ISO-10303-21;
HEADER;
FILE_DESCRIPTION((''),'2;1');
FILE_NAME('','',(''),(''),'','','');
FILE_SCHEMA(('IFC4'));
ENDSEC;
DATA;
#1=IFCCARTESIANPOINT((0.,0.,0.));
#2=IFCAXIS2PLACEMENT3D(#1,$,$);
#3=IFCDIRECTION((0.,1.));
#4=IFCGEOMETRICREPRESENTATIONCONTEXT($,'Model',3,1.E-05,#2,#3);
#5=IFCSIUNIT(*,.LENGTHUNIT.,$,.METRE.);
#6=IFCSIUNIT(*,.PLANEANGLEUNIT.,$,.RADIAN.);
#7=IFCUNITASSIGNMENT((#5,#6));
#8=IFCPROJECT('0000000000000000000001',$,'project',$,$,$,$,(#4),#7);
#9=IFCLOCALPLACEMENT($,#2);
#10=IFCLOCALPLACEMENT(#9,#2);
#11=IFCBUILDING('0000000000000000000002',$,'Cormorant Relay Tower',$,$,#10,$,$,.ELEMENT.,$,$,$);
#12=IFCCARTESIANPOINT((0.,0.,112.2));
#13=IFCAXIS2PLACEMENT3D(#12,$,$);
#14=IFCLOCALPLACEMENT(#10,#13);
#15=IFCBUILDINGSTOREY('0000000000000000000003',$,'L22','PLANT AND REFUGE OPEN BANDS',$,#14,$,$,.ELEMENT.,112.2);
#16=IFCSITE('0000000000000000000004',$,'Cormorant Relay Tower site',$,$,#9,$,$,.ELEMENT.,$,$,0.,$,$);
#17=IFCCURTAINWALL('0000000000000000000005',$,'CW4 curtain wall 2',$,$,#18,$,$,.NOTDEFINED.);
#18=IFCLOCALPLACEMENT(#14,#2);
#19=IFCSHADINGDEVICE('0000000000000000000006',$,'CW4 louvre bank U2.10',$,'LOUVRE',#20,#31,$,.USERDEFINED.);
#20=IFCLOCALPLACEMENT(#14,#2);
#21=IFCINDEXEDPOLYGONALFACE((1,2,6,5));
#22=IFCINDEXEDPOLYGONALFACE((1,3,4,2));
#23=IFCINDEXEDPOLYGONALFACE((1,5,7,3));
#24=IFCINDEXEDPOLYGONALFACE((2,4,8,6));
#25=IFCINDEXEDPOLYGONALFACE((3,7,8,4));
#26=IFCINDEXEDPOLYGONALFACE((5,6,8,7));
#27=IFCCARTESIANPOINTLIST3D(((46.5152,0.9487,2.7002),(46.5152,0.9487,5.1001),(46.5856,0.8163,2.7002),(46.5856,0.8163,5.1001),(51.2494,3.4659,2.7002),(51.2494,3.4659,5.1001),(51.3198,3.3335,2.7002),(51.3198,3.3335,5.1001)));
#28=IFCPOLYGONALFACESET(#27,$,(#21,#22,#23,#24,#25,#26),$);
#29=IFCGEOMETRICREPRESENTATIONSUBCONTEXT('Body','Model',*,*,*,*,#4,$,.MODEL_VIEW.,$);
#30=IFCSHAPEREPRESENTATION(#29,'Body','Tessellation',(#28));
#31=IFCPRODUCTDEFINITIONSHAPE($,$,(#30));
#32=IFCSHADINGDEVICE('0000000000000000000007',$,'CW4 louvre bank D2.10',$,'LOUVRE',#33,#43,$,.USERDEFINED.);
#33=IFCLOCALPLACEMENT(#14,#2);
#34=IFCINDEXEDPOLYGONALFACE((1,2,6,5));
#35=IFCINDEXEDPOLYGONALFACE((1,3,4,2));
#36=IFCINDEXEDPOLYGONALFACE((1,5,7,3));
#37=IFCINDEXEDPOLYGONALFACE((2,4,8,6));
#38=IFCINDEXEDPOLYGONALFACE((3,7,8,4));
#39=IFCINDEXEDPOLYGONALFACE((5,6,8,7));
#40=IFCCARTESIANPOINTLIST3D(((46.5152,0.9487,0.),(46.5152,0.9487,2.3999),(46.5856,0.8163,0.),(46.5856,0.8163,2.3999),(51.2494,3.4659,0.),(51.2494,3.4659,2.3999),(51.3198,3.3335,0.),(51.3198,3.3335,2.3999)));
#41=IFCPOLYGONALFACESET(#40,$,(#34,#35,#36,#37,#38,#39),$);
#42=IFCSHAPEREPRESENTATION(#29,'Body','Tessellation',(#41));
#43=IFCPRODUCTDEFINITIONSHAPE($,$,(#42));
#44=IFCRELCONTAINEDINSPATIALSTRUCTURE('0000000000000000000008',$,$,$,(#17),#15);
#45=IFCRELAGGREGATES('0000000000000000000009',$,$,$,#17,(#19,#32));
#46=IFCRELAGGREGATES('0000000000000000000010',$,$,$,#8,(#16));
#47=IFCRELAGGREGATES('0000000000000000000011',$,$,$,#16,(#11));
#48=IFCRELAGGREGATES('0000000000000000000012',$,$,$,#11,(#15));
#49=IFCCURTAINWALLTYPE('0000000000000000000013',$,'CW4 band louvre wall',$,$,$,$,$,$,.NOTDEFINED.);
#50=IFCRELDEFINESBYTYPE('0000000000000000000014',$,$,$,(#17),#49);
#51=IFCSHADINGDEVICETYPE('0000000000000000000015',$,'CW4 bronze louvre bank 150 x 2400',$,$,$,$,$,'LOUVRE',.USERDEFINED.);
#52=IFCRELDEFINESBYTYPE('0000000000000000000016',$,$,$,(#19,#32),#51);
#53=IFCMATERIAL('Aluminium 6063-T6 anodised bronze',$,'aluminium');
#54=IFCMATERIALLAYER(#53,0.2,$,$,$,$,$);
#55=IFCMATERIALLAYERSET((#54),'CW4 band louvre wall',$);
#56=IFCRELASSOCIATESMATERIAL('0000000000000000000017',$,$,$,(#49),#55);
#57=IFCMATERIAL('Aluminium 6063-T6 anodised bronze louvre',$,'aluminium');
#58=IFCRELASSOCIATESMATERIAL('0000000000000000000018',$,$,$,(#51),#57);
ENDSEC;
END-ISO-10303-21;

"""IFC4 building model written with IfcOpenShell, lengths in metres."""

from ifc_helpers import new_model, si_unit, direction, frame, origin, origin_2d, place, context, subcontext, project, spatial, rectangle, extrude, material, layer, layer_set, type_object, element, aggregate, save


model = new_model("IFC4")

# Units and contexts
model_context = context("Model", 3, precision=1e-05, world=origin(), true_north=direction((0.0, 1.0)))
body_context = subcontext(model_context, "Body", "Model", "MODEL_VIEW")
ifc_project = project(units=[si_unit("LENGTHUNIT", "METRE"), si_unit("PLANEANGLEUNIT", "RADIAN")], contexts=[model_context])

# Site, building, storey
site_placement = place(None, origin())
site = spatial("IfcSite", under=ifc_project, at=site_placement, Name="Cormorant Relay Tower site", CompositionType="ELEMENT", RefElevation=0.0)
building_placement = place(site_placement, origin())
building = spatial("IfcBuilding", under=site, at=building_placement, Name="Cormorant Relay Tower", CompositionType="ELEMENT")
storey_placement = place(building_placement, frame((0.0, 0.0, 112.2)))
storey = spatial("IfcBuildingStorey", under=building, at=storey_placement, Name="L22", Description="PLANT AND REFUGE OPEN BANDS", CompositionType="ELEMENT", Elevation=112.2)

# Curtain wall
ifc_material_1 = material(Name="Aluminium 6063-T6 anodised bronze", Category="aluminium")
ifc_layer_1 = layer(ifc_material_1, 0.2)
ifc_layer_set_1 = layer_set([ifc_layer_1], Name="CW4 band louvre wall")
curtain_wall_type = type_object("IfcCurtainWallType", Name="CW4 band louvre wall", PredefinedType="NOTDEFINED", material=ifc_layer_set_1)
curtain_wall_placement = place(storey_placement, origin())
curtain_wall = element("IfcCurtainWall", 1, at=curtain_wall_placement, inside=storey, type_object=curtain_wall_type, Name="CW4 curtain wall 2", PredefinedType="NOTDEFINED")

# Shading devices
ifc_material_2 = material(Name="Aluminium 6063-T6 anodised bronze louvre", Category="aluminium")
shading_device_type = type_object("IfcShadingDeviceType", Name="CW4 bronze louvre bank 150 x 2400", ElementType="LOUVRE", PredefinedType="USERDEFINED", material=ifc_material_2)
shading_device_1_placement = place(storey_placement, frame((48.9175, 2.1411, 2.7002), z_axis=(0.0, 0.0, 1.0), x_axis=(0.882948, 0.469472, 0.0)))
shading_device_1 = element("IfcShadingDevice", 2, at=shading_device_1_placement, type_object=shading_device_type, Name="CW4 louvre bank U2.10", ObjectType="LOUVRE", PredefinedType="USERDEFINED", context=body_context, shape_type="SweptSolid", body=[
    extrude(rectangle(XDim=5.3618, YDim=0.1499, at=origin_2d()), origin(), (0.0, 0.0, 1.0), 2.3999),
])
shading_device_2_placement = place(storey_placement, frame((48.9175, 2.1411, 0.0), z_axis=(0.0, 0.0, 1.0), x_axis=(0.882948, 0.469472, 0.0)))
shading_device_2 = element("IfcShadingDevice", 3, at=shading_device_2_placement, type_object=shading_device_type, Name="CW4 louvre bank D2.10", ObjectType="LOUVRE", PredefinedType="USERDEFINED", context=body_context, shape_type="SweptSolid", body=[
    extrude(rectangle(XDim=5.3618, YDim=0.1499, at=origin_2d()), origin(), (0.0, 0.0, 1.0), 2.3999),
])
aggregate(curtain_wall, [shading_device_1, shading_device_2])

save(model, "model.ifc")
